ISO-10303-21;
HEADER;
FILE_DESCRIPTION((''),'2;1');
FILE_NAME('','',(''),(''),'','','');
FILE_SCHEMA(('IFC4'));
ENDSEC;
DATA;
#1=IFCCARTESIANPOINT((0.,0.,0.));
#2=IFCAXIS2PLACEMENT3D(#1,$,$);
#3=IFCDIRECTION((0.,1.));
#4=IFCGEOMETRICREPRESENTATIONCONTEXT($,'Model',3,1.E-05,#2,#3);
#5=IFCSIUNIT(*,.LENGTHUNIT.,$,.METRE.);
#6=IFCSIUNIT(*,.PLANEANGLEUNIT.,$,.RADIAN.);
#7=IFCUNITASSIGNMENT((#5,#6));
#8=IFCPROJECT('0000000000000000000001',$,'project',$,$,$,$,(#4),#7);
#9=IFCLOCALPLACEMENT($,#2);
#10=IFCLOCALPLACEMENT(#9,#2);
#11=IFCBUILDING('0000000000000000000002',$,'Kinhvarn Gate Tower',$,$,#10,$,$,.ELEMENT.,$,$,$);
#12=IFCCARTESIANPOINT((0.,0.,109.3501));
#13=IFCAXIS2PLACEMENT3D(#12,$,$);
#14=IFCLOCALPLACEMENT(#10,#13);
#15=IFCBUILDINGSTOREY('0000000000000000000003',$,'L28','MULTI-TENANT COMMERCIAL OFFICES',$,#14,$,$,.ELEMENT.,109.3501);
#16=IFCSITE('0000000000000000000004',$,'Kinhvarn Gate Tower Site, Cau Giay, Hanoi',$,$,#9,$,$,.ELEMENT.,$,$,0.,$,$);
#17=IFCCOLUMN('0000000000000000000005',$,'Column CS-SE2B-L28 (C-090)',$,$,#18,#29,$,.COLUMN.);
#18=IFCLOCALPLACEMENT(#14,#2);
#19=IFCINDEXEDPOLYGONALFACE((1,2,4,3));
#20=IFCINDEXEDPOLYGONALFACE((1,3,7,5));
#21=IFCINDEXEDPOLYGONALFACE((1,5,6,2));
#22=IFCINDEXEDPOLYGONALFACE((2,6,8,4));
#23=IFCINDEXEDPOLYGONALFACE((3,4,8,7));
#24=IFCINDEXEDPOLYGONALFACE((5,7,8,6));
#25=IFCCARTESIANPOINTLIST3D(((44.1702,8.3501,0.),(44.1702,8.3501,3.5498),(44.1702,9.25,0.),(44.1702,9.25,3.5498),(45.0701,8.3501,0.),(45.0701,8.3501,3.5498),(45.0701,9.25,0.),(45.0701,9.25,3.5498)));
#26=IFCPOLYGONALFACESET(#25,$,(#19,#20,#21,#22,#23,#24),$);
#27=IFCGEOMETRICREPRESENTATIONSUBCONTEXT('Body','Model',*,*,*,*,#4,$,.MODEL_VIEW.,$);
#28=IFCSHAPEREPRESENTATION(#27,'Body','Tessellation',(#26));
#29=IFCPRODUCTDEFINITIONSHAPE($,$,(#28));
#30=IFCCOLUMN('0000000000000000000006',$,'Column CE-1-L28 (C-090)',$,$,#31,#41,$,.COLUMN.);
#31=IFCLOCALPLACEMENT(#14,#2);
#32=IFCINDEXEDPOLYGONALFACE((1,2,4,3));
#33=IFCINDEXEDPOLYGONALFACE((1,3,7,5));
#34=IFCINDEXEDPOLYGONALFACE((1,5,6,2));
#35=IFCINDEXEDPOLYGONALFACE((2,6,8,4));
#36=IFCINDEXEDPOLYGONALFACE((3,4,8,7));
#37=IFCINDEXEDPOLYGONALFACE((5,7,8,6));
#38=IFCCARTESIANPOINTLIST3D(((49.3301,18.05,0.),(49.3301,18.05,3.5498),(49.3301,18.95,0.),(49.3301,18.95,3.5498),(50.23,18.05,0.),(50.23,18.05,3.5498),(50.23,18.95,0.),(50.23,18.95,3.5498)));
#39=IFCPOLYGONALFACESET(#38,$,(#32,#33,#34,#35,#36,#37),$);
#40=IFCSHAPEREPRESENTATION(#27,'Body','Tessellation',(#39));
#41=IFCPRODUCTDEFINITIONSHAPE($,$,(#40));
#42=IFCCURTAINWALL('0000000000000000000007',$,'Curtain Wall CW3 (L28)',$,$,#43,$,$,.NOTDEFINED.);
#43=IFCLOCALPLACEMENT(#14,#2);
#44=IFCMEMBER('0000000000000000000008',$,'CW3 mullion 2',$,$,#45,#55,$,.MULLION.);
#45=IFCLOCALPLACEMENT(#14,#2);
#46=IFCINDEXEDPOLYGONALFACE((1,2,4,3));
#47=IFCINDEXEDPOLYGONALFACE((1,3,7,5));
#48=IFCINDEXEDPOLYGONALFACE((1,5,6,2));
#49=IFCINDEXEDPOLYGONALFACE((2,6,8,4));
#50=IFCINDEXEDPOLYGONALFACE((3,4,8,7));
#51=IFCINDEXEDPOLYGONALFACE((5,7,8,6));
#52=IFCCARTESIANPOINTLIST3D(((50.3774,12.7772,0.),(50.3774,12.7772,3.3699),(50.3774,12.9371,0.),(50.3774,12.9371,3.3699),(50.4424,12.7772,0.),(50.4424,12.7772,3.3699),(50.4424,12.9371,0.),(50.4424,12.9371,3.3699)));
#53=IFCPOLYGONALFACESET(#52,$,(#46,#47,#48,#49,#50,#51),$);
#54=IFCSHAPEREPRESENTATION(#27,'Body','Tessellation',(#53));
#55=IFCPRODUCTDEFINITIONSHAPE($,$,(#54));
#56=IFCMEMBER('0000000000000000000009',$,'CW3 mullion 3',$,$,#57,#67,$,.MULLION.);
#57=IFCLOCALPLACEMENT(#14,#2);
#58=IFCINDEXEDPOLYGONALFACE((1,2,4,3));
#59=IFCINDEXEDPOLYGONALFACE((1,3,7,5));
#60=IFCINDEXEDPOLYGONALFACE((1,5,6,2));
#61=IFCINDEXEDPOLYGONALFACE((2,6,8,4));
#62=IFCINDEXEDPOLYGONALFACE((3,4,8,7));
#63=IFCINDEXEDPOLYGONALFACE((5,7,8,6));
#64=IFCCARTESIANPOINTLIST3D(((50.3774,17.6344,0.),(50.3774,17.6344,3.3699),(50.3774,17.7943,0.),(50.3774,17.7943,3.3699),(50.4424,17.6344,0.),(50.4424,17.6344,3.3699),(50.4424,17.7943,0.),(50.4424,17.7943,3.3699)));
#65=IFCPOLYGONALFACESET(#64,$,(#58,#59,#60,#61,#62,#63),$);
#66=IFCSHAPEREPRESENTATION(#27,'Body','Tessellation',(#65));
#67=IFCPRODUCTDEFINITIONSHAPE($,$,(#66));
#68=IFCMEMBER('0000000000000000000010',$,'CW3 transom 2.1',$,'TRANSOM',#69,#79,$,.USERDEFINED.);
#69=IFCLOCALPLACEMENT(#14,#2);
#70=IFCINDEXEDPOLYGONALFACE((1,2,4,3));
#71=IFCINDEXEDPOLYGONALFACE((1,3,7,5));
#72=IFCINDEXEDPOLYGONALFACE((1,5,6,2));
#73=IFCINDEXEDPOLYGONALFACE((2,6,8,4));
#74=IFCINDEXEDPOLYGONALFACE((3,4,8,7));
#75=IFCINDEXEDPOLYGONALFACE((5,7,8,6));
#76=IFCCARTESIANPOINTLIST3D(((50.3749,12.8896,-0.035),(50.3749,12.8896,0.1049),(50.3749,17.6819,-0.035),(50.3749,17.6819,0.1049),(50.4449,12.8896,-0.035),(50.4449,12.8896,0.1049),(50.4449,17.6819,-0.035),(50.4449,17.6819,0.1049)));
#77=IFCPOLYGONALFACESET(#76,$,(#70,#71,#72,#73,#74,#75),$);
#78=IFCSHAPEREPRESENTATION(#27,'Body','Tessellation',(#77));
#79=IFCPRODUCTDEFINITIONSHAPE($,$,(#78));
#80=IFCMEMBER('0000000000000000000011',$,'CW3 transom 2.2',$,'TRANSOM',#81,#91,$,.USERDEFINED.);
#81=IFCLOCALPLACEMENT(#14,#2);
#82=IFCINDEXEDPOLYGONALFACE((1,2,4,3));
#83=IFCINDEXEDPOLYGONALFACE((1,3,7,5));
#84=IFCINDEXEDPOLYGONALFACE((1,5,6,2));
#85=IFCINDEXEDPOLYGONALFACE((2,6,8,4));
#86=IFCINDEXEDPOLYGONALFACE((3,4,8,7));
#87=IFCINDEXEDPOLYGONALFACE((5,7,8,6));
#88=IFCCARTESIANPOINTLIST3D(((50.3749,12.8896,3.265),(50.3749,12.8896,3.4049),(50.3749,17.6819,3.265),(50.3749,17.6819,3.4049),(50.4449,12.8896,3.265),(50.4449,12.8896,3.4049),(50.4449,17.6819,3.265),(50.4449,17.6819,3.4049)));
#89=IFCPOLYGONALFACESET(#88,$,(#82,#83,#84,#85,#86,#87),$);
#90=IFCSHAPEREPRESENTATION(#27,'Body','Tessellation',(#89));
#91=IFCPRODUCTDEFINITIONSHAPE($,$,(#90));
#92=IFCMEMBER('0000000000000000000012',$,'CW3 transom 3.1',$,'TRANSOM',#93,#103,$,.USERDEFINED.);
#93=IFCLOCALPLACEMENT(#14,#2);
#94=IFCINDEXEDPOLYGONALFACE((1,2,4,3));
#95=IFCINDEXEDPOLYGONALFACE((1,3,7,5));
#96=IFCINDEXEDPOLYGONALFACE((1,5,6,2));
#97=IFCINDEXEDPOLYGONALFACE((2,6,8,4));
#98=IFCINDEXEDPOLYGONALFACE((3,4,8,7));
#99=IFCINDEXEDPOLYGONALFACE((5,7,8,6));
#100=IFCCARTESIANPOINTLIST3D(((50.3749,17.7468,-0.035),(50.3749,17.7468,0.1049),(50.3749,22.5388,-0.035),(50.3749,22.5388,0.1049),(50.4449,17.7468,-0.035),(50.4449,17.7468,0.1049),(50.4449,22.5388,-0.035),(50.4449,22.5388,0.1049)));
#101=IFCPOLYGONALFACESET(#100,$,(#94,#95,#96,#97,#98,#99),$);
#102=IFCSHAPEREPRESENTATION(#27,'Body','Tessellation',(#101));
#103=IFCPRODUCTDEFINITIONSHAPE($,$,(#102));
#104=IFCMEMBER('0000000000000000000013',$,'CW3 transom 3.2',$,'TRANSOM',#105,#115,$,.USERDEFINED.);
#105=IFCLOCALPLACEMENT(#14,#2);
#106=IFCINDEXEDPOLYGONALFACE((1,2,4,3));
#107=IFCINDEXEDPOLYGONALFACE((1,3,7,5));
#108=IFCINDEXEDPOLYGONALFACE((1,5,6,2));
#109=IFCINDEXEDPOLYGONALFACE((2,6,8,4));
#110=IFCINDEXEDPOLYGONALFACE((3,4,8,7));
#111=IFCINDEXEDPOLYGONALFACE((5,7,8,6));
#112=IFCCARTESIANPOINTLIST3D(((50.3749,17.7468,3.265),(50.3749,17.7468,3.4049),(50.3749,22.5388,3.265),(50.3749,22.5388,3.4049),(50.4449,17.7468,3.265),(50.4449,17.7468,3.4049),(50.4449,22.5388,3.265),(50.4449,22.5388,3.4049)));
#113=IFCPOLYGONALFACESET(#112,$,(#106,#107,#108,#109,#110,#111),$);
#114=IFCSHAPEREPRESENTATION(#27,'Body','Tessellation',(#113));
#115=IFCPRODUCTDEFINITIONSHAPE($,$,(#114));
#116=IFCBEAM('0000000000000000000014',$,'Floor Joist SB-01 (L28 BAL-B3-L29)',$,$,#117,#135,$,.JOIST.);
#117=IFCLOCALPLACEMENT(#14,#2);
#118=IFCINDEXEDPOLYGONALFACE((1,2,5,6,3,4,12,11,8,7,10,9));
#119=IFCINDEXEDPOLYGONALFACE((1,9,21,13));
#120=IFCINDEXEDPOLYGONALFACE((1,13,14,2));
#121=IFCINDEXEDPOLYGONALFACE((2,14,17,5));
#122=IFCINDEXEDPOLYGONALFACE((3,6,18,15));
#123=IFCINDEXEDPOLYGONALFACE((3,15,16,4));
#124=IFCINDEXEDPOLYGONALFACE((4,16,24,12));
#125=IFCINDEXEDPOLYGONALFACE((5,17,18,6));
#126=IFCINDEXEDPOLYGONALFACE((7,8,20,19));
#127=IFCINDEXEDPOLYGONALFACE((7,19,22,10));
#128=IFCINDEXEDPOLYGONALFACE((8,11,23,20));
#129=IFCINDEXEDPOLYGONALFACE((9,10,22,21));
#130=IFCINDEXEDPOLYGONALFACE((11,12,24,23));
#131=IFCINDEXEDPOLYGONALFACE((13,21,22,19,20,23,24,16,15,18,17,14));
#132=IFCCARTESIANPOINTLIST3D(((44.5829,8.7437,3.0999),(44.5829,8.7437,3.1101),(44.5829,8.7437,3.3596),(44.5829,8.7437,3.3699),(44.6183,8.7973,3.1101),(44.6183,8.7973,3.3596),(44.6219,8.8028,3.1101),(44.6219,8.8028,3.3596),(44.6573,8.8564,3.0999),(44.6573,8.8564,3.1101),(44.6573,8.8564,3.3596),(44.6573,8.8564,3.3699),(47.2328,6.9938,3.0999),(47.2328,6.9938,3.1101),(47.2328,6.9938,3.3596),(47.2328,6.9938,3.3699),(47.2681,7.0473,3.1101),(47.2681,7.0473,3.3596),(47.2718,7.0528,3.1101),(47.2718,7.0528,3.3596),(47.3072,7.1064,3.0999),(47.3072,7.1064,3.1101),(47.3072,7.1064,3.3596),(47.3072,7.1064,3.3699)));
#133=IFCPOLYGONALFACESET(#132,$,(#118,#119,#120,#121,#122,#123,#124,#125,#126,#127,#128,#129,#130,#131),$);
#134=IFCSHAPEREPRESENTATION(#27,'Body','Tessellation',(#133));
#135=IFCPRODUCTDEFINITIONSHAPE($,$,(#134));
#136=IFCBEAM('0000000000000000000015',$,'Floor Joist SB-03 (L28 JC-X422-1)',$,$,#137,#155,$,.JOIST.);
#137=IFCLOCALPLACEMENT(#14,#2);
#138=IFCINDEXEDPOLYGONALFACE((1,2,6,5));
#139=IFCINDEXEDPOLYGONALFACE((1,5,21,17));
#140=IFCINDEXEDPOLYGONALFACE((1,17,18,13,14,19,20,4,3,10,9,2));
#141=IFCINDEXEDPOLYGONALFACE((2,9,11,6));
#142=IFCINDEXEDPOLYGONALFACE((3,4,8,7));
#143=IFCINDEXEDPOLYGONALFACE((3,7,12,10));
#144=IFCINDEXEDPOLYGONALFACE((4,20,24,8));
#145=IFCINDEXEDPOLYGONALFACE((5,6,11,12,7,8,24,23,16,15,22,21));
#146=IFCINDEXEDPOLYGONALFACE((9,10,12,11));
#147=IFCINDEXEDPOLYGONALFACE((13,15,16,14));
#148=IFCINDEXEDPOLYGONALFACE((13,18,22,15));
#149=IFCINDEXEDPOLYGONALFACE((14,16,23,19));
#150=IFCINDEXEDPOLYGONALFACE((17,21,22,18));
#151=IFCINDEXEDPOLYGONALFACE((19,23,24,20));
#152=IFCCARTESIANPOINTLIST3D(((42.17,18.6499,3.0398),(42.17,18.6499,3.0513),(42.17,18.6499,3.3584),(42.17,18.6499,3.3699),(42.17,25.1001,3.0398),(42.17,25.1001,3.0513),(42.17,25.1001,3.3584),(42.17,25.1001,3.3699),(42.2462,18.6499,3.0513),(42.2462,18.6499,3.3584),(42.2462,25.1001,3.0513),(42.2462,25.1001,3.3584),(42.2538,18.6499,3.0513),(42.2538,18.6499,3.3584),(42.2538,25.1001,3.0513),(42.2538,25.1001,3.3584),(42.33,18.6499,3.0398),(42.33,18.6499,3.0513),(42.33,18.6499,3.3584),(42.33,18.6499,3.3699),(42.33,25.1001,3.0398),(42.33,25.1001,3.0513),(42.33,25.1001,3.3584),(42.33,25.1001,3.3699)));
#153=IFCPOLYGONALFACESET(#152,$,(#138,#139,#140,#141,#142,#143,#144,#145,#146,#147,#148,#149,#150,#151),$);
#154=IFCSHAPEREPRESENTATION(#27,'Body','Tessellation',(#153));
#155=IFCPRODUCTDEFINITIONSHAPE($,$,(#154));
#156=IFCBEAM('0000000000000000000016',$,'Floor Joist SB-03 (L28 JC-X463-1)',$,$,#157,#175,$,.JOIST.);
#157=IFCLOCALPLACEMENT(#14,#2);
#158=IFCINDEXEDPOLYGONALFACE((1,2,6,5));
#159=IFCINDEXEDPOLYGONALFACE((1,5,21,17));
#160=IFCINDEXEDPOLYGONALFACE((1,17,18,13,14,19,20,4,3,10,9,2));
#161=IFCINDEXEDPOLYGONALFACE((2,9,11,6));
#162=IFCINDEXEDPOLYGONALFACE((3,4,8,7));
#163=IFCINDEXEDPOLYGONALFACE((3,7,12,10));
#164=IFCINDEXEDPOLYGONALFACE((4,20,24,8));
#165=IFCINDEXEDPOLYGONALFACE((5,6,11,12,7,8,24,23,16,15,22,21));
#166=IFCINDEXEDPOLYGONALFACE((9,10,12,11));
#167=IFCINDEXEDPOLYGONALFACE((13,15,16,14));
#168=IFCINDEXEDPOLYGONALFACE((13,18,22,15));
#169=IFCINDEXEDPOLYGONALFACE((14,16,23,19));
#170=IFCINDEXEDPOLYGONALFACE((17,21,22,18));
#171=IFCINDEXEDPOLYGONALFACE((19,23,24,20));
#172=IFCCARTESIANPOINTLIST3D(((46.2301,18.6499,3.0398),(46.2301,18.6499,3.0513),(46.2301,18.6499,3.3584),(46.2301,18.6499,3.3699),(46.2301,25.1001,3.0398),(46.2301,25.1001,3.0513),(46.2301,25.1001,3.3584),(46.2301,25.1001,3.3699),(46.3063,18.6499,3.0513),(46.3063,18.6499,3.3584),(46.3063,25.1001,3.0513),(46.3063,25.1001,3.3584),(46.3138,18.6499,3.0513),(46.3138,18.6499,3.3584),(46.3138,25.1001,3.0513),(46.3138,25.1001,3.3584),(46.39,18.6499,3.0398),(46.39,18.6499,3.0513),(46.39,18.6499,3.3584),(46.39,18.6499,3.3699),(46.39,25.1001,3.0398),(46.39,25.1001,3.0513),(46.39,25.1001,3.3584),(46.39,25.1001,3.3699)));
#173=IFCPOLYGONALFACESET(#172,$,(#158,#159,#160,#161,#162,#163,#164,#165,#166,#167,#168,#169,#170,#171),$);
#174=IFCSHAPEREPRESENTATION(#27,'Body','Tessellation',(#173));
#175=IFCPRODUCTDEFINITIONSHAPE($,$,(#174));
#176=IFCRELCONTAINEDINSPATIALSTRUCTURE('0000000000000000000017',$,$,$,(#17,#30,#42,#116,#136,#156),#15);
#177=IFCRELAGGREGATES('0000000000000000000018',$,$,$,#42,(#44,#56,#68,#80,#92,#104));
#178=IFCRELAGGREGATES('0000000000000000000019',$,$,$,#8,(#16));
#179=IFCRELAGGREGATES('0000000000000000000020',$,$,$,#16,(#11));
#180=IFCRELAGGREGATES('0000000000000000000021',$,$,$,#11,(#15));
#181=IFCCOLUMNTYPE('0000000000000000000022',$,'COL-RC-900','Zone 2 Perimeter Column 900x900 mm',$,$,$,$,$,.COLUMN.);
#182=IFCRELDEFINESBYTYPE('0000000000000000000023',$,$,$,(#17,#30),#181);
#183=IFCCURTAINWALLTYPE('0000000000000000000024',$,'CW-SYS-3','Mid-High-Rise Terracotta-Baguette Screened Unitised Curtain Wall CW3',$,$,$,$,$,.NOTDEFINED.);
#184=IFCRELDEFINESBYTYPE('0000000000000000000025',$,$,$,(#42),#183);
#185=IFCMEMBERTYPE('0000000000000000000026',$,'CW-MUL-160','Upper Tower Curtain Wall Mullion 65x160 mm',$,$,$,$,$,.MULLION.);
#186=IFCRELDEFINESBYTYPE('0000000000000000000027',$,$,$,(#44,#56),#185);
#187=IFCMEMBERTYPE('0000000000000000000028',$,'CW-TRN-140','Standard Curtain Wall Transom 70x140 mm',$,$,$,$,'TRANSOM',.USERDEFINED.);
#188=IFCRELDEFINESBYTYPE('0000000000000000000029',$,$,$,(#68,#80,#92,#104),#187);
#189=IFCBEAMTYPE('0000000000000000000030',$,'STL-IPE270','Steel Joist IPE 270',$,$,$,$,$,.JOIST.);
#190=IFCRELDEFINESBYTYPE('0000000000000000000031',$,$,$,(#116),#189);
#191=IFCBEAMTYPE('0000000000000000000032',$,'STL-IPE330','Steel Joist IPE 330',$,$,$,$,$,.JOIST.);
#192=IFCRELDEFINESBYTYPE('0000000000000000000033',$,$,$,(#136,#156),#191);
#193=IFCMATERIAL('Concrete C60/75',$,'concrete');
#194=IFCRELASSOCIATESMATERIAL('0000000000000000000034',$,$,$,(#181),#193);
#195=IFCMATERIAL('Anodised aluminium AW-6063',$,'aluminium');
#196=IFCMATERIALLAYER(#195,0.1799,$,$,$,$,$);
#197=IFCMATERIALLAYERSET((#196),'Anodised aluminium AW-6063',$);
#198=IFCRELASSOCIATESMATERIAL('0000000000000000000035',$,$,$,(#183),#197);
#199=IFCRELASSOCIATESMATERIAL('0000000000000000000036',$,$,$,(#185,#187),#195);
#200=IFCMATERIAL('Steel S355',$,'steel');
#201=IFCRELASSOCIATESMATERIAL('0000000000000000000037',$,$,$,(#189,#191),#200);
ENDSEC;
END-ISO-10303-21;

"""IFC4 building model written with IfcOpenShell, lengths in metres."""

from ifc_helpers import new_model, si_unit, direction, frame, origin, origin_2d, place, context, subcontext, project, spatial, rectangle, i_section, extrude, material, layer, layer_set, material_profile, profile_set, type_object, element, aggregate, save


model = new_model("IFC4")

# Units and contexts
model_context = context("Model", 3, precision=1e-05, world=origin(), true_north=direction((0.0, 1.0)))
body_context = subcontext(model_context, "Body", "Model", "MODEL_VIEW")
ifc_project = project(units=[si_unit("LENGTHUNIT", "METRE"), si_unit("PLANEANGLEUNIT", "RADIAN")], contexts=[model_context])

# Site, building, storey
site_placement = place(None, origin())
site = spatial("IfcSite", under=ifc_project, at=site_placement, Name="Kinhvarn Gate Tower Site, Cau Giay, Hanoi", CompositionType="ELEMENT", RefElevation=0.0)
building_placement = place(site_placement, origin())
building = spatial("IfcBuilding", under=site, at=building_placement, Name="Kinhvarn Gate Tower", CompositionType="ELEMENT")
storey_placement = place(building_placement, frame((0.0, 0.0, 109.3501)))
storey = spatial("IfcBuildingStorey", under=building, at=storey_placement, Name="L28", Description="MULTI-TENANT COMMERCIAL OFFICES", CompositionType="ELEMENT", Elevation=109.3501)

# Columns
ifc_material_1 = material(Name="Concrete C60/75", Category="concrete")
ifc_material_profile_1 = material_profile(ifc_material_1, rectangle(XDim=0.8999, YDim=0.8999, at=origin_2d()), Name="RC 900x900")
ifc_profile_set_1 = profile_set([ifc_material_profile_1], Name="Concrete C60/75")
column_type = type_object("IfcColumnType", Name="COL-RC-900", Description="Zone 2 Perimeter Column 900x900 mm", PredefinedType="COLUMN", material=ifc_profile_set_1)
for number, where, z_axis, x_axis, name in (
    (1, (44.6201, 8.8, 0.0), (0.0, 0.0, 1.0), (1.0, 0.0, 0.0), "Column CS-SE2B-L28 (C-090)"),
    (2, (49.78, 18.5, 0.0), (0.0, 0.0, 1.0), (1.0, 0.0, 0.0), "Column CE-1-L28 (C-090)"),
):
    element("IfcColumn", number, at=place(storey_placement, frame(where, z_axis=z_axis, x_axis=x_axis)), inside=storey, type_object=column_type, Name=name, PredefinedType="COLUMN", context=body_context, shape_type="SweptSolid", body=[
        extrude(rectangle(XDim=0.8999, YDim=0.8999, at=origin_2d()), origin(), (0.0, 0.0, 1.0), 3.5498),
    ])

# Curtain wall, members
ifc_material_2 = material(Name="Anodised aluminium AW-6063", Category="aluminium")
ifc_layer_1 = layer(ifc_material_2, 0.1799)
ifc_layer_set_1 = layer_set([ifc_layer_1], Name="Anodised aluminium AW-6063")
curtain_wall_type = type_object("IfcCurtainWallType", Name="CW-SYS-3", Description="Mid-High-Rise Terracotta-Baguette Screened Unitised Curtain Wall CW3", PredefinedType="NOTDEFINED", material=ifc_layer_set_1)
curtain_wall_placement = place(storey_placement, origin())
curtain_wall = element("IfcCurtainWall", 3, at=curtain_wall_placement, inside=storey, type_object=curtain_wall_type, Name="Curtain Wall CW3 (L28)", PredefinedType="NOTDEFINED")
ifc_material_profile_2 = material_profile(ifc_material_2, rectangle(XDim=0.0649, YDim=0.1599, at=origin_2d()), Name="ALU 65x160")
ifc_profile_set_2 = profile_set([ifc_material_profile_2], Name="Anodised aluminium AW-6063")
member_type_1 = type_object("IfcMemberType", Name="CW-MUL-160", Description="Upper Tower Curtain Wall Mullion 65x160 mm", PredefinedType="MULLION", material=ifc_profile_set_2)
member_1_placement = place(storey_placement, frame((50.4099, 12.8572, 0.0), z_axis=(0.0, 0.0, 1.0), x_axis=(-1.0, 0.0, 0.0)))
member_1 = element("IfcMember", 4, at=member_1_placement, type_object=member_type_1, Name="CW3 mullion 2", PredefinedType="MULLION", context=body_context, shape_type="SweptSolid", body=[
    extrude(rectangle(XDim=0.0649, YDim=0.1599, at=origin_2d()), origin(), (0.0, 0.0, 1.0), 3.3699),
])
member_2_placement = place(storey_placement, frame((50.4099, 17.7144, 0.0), z_axis=(0.0, 0.0, 1.0), x_axis=(-1.0, 0.0, 0.0)))
member_2 = element("IfcMember", 5, at=member_2_placement, type_object=member_type_1, Name="CW3 mullion 3", PredefinedType="MULLION", context=body_context, shape_type="SweptSolid", body=[
    extrude(rectangle(XDim=0.0649, YDim=0.1599, at=origin_2d()), origin(), (0.0, 0.0, 1.0), 3.3699),
])
ifc_material_profile_3 = material_profile(ifc_material_2, rectangle(XDim=0.0701, YDim=0.1399, at=origin_2d()), Name="ALU 70x140")
ifc_profile_set_3 = profile_set([ifc_material_profile_3], Name="Anodised aluminium AW-6063")
member_type_2 = type_object("IfcMemberType", Name="CW-TRN-140", Description="Standard Curtain Wall Transom 70x140 mm", ElementType="TRANSOM", PredefinedType="USERDEFINED", material=ifc_profile_set_3)
member_3_placement = place(storey_placement, frame((50.4099, 12.8896, 0.0349), z_axis=(0.0, 1.0, 0.0), x_axis=(-1.0, 0.0, 0.0)))
member_3 = element("IfcMember", 6, at=member_3_placement, type_object=member_type_2, Name="CW3 transom 2.1", ObjectType="TRANSOM", PredefinedType="USERDEFINED", context=body_context, shape_type="SweptSolid", body=[
    extrude(rectangle(XDim=0.0701, YDim=0.1399, at=origin_2d()), origin(), (0.0, 0.0, 1.0), 4.7922),
])
member_4_placement = place(storey_placement, frame((50.4099, 12.8896, 3.335), z_axis=(0.0, 1.0, 0.0), x_axis=(-1.0, 0.0, 0.0)))
member_4 = element("IfcMember", 7, at=member_4_placement, type_object=member_type_2, Name="CW3 transom 2.2", ObjectType="TRANSOM", PredefinedType="USERDEFINED", context=body_context, shape_type="SweptSolid", body=[
    extrude(rectangle(XDim=0.0701, YDim=0.1399, at=origin_2d()), origin(), (0.0, 0.0, 1.0), 4.7922),
])
member_5_placement = place(storey_placement, frame((50.4099, 17.7468, 0.0349), z_axis=(0.0, 1.0, 0.0), x_axis=(-1.0, 0.0, 0.0)))
member_5 = element("IfcMember", 8, at=member_5_placement, type_object=member_type_2, Name="CW3 transom 3.1", ObjectType="TRANSOM", PredefinedType="USERDEFINED", context=body_context, shape_type="SweptSolid", body=[
    extrude(rectangle(XDim=0.0701, YDim=0.1399, at=origin_2d()), origin(), (0.0, 0.0, 1.0), 4.792),
])
member_6_placement = place(storey_placement, frame((50.4099, 17.7468, 3.335), z_axis=(0.0, 1.0, 0.0), x_axis=(-1.0, 0.0, 0.0)))
member_6 = element("IfcMember", 9, at=member_6_placement, type_object=member_type_2, Name="CW3 transom 3.2", ObjectType="TRANSOM", PredefinedType="USERDEFINED", context=body_context, shape_type="SweptSolid", body=[
    extrude(rectangle(XDim=0.0701, YDim=0.1399, at=origin_2d()), origin(), (0.0, 0.0, 1.0), 4.792),
])

# Beams
ifc_material_3 = material(Name="Steel S355", Category="steel")
ifc_material_profile_4 = material_profile(ifc_material_3, i_section(OverallWidth=0.135, OverallDepth=0.27, WebThickness=0.0066, FlangeThickness=0.0103, at=origin_2d()), Name="IPE 270")
ifc_profile_set_4 = profile_set([ifc_material_profile_4], Name="Steel S355")
beam_type_1 = type_object("IfcBeamType", Name="STL-IPE270", Description="Steel Joist IPE 270", PredefinedType="JOIST", material=ifc_profile_set_4)
beam_1_placement = place(storey_placement, frame((44.6201, 8.8, 3.2349), z_axis=(0.834455, -0.551076, 0.0), x_axis=(0.551076, 0.834455, 0.0)))
element("IfcBeam", 10, at=beam_1_placement, inside=storey, type_object=beam_type_1, Name="Floor Joist SB-01 (L28 BAL-B3-L29)", PredefinedType="JOIST", context=body_context, shape_type="SweptSolid", body=[
    extrude(i_section(OverallWidth=0.135, OverallDepth=0.27, WebThickness=0.0066, FlangeThickness=0.0103, at=origin_2d()), origin(), (0.0, 0.0, 1.0), 3.1755),
])
ifc_material_profile_5 = material_profile(ifc_material_3, i_section(OverallWidth=0.1599, OverallDepth=0.3301, WebThickness=0.0076, FlangeThickness=0.0115, at=origin_2d()), Name="IPE 330")
ifc_profile_set_5 = profile_set([ifc_material_profile_5], Name="Steel S355")
beam_type_2 = type_object("IfcBeamType", Name="STL-IPE330", Description="Steel Joist IPE 330", PredefinedType="JOIST", material=ifc_profile_set_5)
for number, where, z_axis, x_axis, name in (
    (11, (42.25, 18.6499, 3.2048), (0.0, 1.0, 0.0), (-1.0, 0.0, 0.0), "Floor Joist SB-03 (L28 JC-X422-1)"),
    (12, (46.3101, 18.6499, 3.2048), (0.0, 1.0, 0.0), (-1.0, 0.0, 0.0), "Floor Joist SB-03 (L28 JC-X463-1)"),
):
    element("IfcBeam", number, at=place(storey_placement, frame(where, z_axis=z_axis, x_axis=x_axis)), inside=storey, type_object=beam_type_2, Name=name, PredefinedType="JOIST", context=body_context, shape_type="SweptSolid", body=[
        extrude(i_section(OverallWidth=0.1599, OverallDepth=0.3301, WebThickness=0.0076, FlangeThickness=0.0115, at=origin_2d()), origin(), (0.0, 0.0, 1.0), 6.4502),
    ])

aggregate(curtain_wall, [member_1, member_2, member_3, member_4, member_5, member_6])

save(model, "model.ifc")
